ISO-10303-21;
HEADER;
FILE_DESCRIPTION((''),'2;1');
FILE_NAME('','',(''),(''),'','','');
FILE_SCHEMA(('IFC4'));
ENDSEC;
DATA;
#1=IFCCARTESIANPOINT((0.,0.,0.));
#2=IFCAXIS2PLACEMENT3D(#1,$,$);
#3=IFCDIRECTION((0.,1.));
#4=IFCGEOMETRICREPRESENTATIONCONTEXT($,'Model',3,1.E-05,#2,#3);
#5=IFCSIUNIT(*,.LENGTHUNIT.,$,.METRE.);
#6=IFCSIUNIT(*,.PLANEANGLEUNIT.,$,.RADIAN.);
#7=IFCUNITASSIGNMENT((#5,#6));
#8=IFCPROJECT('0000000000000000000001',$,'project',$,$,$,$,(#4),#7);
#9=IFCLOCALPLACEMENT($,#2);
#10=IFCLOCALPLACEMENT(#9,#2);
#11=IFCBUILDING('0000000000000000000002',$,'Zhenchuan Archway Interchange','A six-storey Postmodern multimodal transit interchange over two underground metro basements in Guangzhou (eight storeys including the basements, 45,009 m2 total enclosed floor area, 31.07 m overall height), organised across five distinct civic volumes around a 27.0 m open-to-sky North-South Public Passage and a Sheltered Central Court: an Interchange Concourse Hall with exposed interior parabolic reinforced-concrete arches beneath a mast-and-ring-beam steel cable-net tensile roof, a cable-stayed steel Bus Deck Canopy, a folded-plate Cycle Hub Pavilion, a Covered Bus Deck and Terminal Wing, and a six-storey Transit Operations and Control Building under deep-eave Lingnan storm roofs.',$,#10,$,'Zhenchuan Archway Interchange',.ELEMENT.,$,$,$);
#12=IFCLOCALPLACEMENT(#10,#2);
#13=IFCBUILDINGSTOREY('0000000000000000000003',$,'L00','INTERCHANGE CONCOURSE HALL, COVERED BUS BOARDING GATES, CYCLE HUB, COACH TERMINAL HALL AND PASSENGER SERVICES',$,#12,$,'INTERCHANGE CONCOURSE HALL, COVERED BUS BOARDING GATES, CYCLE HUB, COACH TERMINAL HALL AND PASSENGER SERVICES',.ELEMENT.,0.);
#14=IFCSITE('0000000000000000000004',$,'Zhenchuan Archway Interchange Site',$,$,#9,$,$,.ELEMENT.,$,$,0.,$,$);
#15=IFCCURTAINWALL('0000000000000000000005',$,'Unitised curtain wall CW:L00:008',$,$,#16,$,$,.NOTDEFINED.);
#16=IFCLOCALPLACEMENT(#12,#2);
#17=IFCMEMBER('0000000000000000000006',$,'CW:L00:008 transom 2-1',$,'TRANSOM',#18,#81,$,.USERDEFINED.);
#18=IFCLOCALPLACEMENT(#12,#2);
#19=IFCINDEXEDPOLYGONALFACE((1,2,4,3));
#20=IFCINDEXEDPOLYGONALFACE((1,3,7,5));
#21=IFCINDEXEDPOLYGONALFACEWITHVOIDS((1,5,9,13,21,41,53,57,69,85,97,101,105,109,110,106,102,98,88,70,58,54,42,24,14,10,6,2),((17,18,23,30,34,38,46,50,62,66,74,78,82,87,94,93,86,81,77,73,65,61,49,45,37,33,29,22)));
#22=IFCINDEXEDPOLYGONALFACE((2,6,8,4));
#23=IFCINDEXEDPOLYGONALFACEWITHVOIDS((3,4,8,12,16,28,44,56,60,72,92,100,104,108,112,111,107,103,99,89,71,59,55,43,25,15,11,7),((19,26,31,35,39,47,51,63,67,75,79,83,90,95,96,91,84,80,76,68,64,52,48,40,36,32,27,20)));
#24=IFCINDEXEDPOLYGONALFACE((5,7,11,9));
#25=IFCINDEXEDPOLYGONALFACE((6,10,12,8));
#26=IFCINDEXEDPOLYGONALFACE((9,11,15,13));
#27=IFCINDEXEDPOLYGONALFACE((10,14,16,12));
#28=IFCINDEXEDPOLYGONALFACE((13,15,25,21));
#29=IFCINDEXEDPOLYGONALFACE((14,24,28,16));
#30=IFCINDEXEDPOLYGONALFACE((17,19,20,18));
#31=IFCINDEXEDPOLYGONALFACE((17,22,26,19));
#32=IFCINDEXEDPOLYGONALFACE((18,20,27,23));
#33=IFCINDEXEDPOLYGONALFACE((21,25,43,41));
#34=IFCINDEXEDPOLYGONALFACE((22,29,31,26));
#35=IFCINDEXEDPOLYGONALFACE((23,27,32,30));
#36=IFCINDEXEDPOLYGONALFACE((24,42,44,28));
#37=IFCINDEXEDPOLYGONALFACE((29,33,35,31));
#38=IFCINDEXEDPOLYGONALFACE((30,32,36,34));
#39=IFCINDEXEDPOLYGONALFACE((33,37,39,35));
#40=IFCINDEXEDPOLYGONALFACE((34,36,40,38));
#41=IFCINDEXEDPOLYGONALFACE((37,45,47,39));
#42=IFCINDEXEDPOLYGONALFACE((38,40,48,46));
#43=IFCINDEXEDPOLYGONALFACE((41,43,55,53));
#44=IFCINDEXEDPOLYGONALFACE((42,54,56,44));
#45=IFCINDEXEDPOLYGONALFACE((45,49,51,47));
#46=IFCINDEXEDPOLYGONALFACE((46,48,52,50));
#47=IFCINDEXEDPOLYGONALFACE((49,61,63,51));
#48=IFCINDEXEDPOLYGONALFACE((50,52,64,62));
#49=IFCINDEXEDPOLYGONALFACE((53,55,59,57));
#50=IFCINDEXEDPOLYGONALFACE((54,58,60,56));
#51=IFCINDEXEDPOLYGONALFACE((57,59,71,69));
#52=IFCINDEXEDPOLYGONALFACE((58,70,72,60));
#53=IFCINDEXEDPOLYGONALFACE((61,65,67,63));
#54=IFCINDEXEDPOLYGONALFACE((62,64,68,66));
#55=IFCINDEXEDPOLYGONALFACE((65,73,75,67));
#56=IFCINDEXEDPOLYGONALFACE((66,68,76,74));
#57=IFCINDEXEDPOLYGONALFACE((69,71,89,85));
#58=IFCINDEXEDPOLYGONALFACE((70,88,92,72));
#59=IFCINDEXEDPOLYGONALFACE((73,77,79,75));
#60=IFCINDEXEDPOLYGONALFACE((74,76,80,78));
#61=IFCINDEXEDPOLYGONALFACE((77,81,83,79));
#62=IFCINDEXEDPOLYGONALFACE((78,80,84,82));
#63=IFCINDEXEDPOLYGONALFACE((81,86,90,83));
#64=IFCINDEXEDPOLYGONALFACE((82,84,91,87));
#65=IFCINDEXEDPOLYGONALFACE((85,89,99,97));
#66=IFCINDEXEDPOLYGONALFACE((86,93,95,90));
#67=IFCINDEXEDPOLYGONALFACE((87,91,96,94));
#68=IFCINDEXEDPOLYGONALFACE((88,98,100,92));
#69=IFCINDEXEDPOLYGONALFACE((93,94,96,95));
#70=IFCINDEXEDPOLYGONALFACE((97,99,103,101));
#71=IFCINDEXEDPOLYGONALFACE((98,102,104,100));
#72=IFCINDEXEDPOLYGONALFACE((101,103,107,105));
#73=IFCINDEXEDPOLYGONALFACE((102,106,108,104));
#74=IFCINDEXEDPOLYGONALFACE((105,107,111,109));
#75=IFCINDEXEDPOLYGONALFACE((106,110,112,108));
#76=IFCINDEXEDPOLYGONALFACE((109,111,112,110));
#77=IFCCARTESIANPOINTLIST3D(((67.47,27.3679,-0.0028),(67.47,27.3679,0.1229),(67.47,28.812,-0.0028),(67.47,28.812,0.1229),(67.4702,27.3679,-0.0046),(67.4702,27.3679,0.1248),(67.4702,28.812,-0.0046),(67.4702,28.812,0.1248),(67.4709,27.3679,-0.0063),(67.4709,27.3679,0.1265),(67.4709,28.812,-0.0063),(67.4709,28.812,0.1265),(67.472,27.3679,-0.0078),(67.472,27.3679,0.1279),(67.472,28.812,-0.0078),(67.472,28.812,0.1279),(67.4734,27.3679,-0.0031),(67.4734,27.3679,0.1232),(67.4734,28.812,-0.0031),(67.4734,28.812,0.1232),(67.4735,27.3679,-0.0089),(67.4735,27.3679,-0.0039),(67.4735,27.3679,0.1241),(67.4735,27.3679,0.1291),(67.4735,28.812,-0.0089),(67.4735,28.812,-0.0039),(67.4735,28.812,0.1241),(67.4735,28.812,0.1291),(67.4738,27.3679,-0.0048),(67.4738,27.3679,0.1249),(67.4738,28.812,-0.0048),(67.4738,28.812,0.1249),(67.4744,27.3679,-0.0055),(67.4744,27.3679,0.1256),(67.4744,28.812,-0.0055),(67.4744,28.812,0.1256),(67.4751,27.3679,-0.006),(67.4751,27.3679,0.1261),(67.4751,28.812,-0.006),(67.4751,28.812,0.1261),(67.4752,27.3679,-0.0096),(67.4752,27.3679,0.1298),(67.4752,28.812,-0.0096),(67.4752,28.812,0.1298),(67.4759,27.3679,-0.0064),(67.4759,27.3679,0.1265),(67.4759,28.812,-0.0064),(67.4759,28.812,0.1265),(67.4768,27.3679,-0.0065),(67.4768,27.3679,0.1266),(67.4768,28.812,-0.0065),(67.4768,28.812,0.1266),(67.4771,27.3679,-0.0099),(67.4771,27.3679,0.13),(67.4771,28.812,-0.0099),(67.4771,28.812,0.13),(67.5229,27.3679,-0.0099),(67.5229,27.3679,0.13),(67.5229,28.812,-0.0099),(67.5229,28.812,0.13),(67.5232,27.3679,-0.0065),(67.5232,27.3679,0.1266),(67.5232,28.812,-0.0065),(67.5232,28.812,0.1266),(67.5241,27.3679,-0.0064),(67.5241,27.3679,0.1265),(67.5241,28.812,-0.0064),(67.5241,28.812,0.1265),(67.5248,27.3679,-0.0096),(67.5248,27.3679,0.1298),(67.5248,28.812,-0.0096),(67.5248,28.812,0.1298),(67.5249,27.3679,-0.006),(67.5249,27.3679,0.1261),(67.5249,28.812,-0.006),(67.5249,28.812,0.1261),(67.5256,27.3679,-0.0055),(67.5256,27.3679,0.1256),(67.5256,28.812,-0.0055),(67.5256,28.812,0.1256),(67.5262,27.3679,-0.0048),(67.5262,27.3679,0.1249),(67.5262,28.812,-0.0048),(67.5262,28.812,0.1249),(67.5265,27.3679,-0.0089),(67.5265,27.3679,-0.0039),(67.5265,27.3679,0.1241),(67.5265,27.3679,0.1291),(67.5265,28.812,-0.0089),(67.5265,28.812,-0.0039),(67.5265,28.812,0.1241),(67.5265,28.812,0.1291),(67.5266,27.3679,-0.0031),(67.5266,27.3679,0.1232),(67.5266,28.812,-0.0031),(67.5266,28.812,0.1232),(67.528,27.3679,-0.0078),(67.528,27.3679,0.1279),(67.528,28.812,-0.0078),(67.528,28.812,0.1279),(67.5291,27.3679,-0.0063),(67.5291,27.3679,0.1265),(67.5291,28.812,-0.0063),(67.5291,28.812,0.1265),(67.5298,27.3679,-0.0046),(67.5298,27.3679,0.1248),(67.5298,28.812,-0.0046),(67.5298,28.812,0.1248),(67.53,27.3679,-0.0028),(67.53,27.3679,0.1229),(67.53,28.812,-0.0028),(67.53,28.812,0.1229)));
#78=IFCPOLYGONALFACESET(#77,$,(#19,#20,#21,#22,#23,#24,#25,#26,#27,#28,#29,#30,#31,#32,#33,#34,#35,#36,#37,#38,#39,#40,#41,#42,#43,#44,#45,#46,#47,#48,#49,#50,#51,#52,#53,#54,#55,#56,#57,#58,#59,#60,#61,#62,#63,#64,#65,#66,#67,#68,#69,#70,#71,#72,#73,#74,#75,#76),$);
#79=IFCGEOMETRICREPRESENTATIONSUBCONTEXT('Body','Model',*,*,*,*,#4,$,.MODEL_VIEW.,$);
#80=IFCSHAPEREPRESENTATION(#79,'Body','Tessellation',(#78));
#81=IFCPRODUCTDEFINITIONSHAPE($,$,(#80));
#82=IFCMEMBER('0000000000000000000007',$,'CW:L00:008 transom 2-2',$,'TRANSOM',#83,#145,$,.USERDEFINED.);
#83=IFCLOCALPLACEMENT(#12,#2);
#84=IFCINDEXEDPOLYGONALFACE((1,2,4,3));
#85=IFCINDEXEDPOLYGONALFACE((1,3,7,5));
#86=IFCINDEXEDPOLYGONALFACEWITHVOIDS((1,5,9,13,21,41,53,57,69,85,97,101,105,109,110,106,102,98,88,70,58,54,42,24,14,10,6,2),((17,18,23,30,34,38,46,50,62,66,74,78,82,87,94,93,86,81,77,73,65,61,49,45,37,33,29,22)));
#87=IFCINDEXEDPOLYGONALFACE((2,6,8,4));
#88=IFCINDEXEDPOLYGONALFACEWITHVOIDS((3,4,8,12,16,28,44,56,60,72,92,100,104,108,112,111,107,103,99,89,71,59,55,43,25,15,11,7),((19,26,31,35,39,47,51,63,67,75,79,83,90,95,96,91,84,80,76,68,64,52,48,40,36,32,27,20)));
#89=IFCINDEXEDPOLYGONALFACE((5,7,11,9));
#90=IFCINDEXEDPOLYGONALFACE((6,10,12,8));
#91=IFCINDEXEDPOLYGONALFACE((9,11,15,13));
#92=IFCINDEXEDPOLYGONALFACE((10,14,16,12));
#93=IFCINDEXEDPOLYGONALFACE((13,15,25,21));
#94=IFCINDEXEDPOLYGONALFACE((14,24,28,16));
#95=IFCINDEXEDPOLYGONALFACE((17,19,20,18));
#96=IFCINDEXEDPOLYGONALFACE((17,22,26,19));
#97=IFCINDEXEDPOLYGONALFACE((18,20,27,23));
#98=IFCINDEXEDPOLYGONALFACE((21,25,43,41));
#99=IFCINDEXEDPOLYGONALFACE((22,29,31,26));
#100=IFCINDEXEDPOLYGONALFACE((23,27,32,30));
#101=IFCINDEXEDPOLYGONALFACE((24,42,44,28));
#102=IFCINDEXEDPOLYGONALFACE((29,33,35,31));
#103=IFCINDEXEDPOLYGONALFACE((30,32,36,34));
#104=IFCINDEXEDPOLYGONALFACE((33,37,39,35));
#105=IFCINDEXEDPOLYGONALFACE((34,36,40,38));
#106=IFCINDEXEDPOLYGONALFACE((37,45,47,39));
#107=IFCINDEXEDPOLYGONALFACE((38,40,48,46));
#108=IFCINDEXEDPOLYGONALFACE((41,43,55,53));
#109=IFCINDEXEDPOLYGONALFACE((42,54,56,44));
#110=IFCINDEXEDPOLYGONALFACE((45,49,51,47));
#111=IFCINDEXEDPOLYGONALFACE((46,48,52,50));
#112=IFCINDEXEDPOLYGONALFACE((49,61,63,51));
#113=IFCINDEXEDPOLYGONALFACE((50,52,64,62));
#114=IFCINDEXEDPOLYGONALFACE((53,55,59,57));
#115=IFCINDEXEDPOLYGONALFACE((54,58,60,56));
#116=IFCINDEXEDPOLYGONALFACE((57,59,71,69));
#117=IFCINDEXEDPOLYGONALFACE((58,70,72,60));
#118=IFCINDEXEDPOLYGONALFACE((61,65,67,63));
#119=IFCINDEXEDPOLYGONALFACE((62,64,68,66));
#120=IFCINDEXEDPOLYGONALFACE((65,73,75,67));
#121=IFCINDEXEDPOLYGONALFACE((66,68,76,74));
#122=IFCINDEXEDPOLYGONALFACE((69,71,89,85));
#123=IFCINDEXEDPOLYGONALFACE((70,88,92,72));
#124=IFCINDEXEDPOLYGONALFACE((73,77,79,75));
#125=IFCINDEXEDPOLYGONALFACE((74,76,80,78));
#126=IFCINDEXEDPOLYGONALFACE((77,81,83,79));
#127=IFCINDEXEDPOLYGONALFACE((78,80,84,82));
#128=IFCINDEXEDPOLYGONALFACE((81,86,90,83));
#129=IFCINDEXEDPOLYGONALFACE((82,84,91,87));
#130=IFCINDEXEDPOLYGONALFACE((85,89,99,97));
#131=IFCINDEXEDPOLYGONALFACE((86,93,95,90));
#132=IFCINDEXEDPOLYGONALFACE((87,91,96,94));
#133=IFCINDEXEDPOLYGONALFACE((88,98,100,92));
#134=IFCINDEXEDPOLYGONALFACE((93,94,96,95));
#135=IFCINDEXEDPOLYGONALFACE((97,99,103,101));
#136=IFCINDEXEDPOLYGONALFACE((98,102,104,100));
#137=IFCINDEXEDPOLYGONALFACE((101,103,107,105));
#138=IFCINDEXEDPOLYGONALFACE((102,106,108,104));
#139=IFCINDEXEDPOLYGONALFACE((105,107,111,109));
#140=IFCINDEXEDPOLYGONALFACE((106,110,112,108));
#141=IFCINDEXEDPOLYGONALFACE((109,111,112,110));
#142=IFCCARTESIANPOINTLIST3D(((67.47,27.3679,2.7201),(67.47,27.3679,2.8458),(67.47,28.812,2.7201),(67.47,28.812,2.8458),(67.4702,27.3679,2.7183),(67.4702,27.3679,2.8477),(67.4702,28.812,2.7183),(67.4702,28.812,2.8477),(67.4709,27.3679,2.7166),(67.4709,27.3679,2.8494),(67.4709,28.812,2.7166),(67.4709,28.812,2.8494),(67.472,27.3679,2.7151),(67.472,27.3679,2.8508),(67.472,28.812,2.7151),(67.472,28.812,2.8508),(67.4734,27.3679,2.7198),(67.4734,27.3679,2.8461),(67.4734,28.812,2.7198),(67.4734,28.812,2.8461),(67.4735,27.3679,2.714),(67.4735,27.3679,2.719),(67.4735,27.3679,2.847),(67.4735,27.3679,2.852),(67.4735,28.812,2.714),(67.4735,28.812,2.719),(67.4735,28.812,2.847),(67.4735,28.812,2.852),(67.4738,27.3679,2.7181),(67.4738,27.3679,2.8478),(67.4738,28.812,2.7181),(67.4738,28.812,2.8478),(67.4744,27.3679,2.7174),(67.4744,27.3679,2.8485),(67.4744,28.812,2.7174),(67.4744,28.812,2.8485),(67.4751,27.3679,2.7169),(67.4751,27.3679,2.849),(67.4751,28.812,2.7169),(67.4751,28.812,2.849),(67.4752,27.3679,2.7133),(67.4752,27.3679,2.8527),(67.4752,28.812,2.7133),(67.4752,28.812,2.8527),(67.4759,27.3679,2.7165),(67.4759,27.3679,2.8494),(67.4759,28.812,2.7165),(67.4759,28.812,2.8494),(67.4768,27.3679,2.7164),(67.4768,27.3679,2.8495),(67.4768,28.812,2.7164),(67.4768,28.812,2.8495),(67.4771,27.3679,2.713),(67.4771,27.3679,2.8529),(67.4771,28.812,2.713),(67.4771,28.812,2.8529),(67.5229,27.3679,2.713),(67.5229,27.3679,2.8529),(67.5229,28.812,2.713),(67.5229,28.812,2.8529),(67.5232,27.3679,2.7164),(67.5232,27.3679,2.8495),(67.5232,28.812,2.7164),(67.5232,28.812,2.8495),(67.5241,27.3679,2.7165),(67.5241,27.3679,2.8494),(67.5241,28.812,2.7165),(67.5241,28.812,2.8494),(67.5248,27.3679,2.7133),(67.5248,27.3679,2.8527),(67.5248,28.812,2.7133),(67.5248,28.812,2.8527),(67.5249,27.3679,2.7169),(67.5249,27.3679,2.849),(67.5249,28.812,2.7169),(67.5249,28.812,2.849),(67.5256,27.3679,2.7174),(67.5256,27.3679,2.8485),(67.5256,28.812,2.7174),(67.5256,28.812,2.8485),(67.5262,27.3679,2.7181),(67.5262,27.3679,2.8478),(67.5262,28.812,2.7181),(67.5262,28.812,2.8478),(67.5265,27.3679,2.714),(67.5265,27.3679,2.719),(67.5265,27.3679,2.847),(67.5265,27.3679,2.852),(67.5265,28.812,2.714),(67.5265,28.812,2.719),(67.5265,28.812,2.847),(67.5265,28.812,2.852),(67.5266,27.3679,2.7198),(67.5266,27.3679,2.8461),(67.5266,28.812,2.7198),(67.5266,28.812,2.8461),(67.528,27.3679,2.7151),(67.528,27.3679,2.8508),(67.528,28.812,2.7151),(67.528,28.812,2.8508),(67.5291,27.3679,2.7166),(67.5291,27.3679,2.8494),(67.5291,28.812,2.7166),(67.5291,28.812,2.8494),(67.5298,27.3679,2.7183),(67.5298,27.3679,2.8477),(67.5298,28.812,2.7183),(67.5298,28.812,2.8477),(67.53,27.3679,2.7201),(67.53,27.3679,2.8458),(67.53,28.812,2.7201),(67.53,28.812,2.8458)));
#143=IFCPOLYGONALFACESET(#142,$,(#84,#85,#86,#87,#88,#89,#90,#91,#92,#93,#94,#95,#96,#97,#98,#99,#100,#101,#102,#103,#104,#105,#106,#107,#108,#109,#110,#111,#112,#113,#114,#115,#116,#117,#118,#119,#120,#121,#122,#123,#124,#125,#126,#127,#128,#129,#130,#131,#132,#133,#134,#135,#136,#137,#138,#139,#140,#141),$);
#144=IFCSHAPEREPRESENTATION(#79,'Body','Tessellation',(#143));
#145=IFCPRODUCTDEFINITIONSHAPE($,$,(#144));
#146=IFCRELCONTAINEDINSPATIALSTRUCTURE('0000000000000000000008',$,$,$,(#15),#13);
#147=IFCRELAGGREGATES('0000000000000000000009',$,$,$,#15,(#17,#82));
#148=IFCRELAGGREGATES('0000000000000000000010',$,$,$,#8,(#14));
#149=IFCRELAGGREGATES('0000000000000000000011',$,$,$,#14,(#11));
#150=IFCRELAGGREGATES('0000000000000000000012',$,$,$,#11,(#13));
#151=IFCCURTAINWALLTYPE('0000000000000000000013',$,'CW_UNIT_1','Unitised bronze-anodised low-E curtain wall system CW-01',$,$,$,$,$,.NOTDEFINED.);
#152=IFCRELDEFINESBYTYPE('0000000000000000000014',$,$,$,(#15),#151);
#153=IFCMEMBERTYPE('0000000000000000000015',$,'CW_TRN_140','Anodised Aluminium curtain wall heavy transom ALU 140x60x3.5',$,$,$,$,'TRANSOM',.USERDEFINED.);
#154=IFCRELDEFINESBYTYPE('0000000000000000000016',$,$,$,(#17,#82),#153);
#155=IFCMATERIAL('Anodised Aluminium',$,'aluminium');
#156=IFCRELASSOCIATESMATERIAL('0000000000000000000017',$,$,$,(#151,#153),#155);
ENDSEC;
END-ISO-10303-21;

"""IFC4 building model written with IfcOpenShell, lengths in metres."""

from ifc_helpers import new_model, si_unit, direction, frame, origin, origin_2d, place, context, subcontext, project, spatial, hollow_rectangle, extrude, material, material_profile, profile_set, type_object, element, aggregate, save


model = new_model("IFC4")

# Units and contexts
model_context = context("Model", 3, precision=1e-05, world=origin(), true_north=direction((0.0, 1.0)))
body_context = subcontext(model_context, "Body", "Model", "MODEL_VIEW")
ifc_project = project(units=[si_unit("LENGTHUNIT", "METRE"), si_unit("PLANEANGLEUNIT", "RADIAN")], contexts=[model_context])

# Site, building, storey
site_placement = place(None, origin())
site = spatial("IfcSite", under=ifc_project, at=site_placement, Name="Zhenchuan Archway Interchange Site", CompositionType="ELEMENT", RefElevation=0.0)
building_placement = place(site_placement, origin())
building = spatial("IfcBuilding", under=site, at=building_placement, Name="Zhenchuan Archway Interchange", Description="A six-storey Postmodern multimodal transit interchange over two underground metro basements in Guangzhou (eight storeys including the basements, 45,009 m2 total enclosed floor area, 31.07 m overall height), organised across five distinct civic volumes around a 27.0 m open-to-sky North-South Public Passage and a Sheltered Central Court: an Interchange Concourse Hall with exposed interior parabolic reinforced-concrete arches beneath a mast-and-ring-beam steel cable-net tensile roof, a cable-stayed steel Bus Deck Canopy, a folded-plate Cycle Hub Pavilion, a Covered Bus Deck and Terminal Wing, and a six-storey Transit Operations and Control Building under deep-eave Lingnan storm roofs.", LongName="Zhenchuan Archway Interchange", CompositionType="ELEMENT")
storey_placement = place(building_placement, origin())
storey = spatial("IfcBuildingStorey", under=building, at=storey_placement, Name="L00", Description="INTERCHANGE CONCOURSE HALL, COVERED BUS BOARDING GATES, CYCLE HUB, COACH TERMINAL HALL AND PASSENGER SERVICES", LongName="INTERCHANGE CONCOURSE HALL, COVERED BUS BOARDING GATES, CYCLE HUB, COACH TERMINAL HALL AND PASSENGER SERVICES", CompositionType="ELEMENT", Elevation=0.0)

# Curtain wall, members
ifc_material_1 = material(Name="Anodised Aluminium", Category="aluminium")
curtain_wall_type = type_object("IfcCurtainWallType", Name="CW_UNIT_1", Description="Unitised bronze-anodised low-E curtain wall system CW-01", PredefinedType="NOTDEFINED", material=ifc_material_1)
curtain_wall_placement = place(storey_placement, origin())
curtain_wall = element("IfcCurtainWall", 1, at=curtain_wall_placement, inside=storey, type_object=curtain_wall_type, Name="Unitised curtain wall CW:L00:008", PredefinedType="NOTDEFINED")
ifc_material_profile_1 = material_profile(ifc_material_1, hollow_rectangle(XDim=0.0601, YDim=0.1399, WallThickness=0.0034, InnerFilletRadius=0.0034, OuterFilletRadius=0.0071, at=origin_2d()), Name="ALU 140x60x3.5")
ifc_profile_set_1 = profile_set([ifc_material_profile_1], Name="Anodised Aluminium")
member_type_1 = type_object("IfcMemberType", Name="CW_TRN_140", Description="Anodised Aluminium curtain wall heavy transom ALU 140x60x3.5", ElementType="TRANSOM", PredefinedType="USERDEFINED", material=ifc_profile_set_1)
member_1_placement = place(storey_placement, frame((67.5, 28.812, 0.0601), z_axis=(0.0, -1.0, 0.0), x_axis=(1.0, 0.0, 0.0)))
member_1 = element("IfcMember", 2, at=member_1_placement, type_object=member_type_1, Name="CW:L00:008 transom 2-1", ObjectType="TRANSOM", PredefinedType="USERDEFINED", context=body_context, shape_type="SweptSolid", body=[
    extrude(hollow_rectangle(XDim=0.0601, YDim=0.1399, WallThickness=0.0034, InnerFilletRadius=0.0034, OuterFilletRadius=0.0071, at=origin_2d()), origin(), (0.0, 0.0, 1.0), 1.4441),
])
member_2_placement = place(storey_placement, frame((67.5, 28.812, 2.783), z_axis=(0.0, -1.0, 0.0), x_axis=(1.0, 0.0, 0.0)))
member_2 = element("IfcMember", 3, at=member_2_placement, type_object=member_type_1, Name="CW:L00:008 transom 2-2", ObjectType="TRANSOM", PredefinedType="USERDEFINED", context=body_context, shape_type="SweptSolid", body=[
    extrude(hollow_rectangle(XDim=0.0601, YDim=0.1399, WallThickness=0.0034, InnerFilletRadius=0.0034, OuterFilletRadius=0.0071, at=origin_2d()), origin(), (0.0, 0.0, 1.0), 1.4441),
])
aggregate(curtain_wall, [member_1, member_2])

save(model, "model.ifc")
